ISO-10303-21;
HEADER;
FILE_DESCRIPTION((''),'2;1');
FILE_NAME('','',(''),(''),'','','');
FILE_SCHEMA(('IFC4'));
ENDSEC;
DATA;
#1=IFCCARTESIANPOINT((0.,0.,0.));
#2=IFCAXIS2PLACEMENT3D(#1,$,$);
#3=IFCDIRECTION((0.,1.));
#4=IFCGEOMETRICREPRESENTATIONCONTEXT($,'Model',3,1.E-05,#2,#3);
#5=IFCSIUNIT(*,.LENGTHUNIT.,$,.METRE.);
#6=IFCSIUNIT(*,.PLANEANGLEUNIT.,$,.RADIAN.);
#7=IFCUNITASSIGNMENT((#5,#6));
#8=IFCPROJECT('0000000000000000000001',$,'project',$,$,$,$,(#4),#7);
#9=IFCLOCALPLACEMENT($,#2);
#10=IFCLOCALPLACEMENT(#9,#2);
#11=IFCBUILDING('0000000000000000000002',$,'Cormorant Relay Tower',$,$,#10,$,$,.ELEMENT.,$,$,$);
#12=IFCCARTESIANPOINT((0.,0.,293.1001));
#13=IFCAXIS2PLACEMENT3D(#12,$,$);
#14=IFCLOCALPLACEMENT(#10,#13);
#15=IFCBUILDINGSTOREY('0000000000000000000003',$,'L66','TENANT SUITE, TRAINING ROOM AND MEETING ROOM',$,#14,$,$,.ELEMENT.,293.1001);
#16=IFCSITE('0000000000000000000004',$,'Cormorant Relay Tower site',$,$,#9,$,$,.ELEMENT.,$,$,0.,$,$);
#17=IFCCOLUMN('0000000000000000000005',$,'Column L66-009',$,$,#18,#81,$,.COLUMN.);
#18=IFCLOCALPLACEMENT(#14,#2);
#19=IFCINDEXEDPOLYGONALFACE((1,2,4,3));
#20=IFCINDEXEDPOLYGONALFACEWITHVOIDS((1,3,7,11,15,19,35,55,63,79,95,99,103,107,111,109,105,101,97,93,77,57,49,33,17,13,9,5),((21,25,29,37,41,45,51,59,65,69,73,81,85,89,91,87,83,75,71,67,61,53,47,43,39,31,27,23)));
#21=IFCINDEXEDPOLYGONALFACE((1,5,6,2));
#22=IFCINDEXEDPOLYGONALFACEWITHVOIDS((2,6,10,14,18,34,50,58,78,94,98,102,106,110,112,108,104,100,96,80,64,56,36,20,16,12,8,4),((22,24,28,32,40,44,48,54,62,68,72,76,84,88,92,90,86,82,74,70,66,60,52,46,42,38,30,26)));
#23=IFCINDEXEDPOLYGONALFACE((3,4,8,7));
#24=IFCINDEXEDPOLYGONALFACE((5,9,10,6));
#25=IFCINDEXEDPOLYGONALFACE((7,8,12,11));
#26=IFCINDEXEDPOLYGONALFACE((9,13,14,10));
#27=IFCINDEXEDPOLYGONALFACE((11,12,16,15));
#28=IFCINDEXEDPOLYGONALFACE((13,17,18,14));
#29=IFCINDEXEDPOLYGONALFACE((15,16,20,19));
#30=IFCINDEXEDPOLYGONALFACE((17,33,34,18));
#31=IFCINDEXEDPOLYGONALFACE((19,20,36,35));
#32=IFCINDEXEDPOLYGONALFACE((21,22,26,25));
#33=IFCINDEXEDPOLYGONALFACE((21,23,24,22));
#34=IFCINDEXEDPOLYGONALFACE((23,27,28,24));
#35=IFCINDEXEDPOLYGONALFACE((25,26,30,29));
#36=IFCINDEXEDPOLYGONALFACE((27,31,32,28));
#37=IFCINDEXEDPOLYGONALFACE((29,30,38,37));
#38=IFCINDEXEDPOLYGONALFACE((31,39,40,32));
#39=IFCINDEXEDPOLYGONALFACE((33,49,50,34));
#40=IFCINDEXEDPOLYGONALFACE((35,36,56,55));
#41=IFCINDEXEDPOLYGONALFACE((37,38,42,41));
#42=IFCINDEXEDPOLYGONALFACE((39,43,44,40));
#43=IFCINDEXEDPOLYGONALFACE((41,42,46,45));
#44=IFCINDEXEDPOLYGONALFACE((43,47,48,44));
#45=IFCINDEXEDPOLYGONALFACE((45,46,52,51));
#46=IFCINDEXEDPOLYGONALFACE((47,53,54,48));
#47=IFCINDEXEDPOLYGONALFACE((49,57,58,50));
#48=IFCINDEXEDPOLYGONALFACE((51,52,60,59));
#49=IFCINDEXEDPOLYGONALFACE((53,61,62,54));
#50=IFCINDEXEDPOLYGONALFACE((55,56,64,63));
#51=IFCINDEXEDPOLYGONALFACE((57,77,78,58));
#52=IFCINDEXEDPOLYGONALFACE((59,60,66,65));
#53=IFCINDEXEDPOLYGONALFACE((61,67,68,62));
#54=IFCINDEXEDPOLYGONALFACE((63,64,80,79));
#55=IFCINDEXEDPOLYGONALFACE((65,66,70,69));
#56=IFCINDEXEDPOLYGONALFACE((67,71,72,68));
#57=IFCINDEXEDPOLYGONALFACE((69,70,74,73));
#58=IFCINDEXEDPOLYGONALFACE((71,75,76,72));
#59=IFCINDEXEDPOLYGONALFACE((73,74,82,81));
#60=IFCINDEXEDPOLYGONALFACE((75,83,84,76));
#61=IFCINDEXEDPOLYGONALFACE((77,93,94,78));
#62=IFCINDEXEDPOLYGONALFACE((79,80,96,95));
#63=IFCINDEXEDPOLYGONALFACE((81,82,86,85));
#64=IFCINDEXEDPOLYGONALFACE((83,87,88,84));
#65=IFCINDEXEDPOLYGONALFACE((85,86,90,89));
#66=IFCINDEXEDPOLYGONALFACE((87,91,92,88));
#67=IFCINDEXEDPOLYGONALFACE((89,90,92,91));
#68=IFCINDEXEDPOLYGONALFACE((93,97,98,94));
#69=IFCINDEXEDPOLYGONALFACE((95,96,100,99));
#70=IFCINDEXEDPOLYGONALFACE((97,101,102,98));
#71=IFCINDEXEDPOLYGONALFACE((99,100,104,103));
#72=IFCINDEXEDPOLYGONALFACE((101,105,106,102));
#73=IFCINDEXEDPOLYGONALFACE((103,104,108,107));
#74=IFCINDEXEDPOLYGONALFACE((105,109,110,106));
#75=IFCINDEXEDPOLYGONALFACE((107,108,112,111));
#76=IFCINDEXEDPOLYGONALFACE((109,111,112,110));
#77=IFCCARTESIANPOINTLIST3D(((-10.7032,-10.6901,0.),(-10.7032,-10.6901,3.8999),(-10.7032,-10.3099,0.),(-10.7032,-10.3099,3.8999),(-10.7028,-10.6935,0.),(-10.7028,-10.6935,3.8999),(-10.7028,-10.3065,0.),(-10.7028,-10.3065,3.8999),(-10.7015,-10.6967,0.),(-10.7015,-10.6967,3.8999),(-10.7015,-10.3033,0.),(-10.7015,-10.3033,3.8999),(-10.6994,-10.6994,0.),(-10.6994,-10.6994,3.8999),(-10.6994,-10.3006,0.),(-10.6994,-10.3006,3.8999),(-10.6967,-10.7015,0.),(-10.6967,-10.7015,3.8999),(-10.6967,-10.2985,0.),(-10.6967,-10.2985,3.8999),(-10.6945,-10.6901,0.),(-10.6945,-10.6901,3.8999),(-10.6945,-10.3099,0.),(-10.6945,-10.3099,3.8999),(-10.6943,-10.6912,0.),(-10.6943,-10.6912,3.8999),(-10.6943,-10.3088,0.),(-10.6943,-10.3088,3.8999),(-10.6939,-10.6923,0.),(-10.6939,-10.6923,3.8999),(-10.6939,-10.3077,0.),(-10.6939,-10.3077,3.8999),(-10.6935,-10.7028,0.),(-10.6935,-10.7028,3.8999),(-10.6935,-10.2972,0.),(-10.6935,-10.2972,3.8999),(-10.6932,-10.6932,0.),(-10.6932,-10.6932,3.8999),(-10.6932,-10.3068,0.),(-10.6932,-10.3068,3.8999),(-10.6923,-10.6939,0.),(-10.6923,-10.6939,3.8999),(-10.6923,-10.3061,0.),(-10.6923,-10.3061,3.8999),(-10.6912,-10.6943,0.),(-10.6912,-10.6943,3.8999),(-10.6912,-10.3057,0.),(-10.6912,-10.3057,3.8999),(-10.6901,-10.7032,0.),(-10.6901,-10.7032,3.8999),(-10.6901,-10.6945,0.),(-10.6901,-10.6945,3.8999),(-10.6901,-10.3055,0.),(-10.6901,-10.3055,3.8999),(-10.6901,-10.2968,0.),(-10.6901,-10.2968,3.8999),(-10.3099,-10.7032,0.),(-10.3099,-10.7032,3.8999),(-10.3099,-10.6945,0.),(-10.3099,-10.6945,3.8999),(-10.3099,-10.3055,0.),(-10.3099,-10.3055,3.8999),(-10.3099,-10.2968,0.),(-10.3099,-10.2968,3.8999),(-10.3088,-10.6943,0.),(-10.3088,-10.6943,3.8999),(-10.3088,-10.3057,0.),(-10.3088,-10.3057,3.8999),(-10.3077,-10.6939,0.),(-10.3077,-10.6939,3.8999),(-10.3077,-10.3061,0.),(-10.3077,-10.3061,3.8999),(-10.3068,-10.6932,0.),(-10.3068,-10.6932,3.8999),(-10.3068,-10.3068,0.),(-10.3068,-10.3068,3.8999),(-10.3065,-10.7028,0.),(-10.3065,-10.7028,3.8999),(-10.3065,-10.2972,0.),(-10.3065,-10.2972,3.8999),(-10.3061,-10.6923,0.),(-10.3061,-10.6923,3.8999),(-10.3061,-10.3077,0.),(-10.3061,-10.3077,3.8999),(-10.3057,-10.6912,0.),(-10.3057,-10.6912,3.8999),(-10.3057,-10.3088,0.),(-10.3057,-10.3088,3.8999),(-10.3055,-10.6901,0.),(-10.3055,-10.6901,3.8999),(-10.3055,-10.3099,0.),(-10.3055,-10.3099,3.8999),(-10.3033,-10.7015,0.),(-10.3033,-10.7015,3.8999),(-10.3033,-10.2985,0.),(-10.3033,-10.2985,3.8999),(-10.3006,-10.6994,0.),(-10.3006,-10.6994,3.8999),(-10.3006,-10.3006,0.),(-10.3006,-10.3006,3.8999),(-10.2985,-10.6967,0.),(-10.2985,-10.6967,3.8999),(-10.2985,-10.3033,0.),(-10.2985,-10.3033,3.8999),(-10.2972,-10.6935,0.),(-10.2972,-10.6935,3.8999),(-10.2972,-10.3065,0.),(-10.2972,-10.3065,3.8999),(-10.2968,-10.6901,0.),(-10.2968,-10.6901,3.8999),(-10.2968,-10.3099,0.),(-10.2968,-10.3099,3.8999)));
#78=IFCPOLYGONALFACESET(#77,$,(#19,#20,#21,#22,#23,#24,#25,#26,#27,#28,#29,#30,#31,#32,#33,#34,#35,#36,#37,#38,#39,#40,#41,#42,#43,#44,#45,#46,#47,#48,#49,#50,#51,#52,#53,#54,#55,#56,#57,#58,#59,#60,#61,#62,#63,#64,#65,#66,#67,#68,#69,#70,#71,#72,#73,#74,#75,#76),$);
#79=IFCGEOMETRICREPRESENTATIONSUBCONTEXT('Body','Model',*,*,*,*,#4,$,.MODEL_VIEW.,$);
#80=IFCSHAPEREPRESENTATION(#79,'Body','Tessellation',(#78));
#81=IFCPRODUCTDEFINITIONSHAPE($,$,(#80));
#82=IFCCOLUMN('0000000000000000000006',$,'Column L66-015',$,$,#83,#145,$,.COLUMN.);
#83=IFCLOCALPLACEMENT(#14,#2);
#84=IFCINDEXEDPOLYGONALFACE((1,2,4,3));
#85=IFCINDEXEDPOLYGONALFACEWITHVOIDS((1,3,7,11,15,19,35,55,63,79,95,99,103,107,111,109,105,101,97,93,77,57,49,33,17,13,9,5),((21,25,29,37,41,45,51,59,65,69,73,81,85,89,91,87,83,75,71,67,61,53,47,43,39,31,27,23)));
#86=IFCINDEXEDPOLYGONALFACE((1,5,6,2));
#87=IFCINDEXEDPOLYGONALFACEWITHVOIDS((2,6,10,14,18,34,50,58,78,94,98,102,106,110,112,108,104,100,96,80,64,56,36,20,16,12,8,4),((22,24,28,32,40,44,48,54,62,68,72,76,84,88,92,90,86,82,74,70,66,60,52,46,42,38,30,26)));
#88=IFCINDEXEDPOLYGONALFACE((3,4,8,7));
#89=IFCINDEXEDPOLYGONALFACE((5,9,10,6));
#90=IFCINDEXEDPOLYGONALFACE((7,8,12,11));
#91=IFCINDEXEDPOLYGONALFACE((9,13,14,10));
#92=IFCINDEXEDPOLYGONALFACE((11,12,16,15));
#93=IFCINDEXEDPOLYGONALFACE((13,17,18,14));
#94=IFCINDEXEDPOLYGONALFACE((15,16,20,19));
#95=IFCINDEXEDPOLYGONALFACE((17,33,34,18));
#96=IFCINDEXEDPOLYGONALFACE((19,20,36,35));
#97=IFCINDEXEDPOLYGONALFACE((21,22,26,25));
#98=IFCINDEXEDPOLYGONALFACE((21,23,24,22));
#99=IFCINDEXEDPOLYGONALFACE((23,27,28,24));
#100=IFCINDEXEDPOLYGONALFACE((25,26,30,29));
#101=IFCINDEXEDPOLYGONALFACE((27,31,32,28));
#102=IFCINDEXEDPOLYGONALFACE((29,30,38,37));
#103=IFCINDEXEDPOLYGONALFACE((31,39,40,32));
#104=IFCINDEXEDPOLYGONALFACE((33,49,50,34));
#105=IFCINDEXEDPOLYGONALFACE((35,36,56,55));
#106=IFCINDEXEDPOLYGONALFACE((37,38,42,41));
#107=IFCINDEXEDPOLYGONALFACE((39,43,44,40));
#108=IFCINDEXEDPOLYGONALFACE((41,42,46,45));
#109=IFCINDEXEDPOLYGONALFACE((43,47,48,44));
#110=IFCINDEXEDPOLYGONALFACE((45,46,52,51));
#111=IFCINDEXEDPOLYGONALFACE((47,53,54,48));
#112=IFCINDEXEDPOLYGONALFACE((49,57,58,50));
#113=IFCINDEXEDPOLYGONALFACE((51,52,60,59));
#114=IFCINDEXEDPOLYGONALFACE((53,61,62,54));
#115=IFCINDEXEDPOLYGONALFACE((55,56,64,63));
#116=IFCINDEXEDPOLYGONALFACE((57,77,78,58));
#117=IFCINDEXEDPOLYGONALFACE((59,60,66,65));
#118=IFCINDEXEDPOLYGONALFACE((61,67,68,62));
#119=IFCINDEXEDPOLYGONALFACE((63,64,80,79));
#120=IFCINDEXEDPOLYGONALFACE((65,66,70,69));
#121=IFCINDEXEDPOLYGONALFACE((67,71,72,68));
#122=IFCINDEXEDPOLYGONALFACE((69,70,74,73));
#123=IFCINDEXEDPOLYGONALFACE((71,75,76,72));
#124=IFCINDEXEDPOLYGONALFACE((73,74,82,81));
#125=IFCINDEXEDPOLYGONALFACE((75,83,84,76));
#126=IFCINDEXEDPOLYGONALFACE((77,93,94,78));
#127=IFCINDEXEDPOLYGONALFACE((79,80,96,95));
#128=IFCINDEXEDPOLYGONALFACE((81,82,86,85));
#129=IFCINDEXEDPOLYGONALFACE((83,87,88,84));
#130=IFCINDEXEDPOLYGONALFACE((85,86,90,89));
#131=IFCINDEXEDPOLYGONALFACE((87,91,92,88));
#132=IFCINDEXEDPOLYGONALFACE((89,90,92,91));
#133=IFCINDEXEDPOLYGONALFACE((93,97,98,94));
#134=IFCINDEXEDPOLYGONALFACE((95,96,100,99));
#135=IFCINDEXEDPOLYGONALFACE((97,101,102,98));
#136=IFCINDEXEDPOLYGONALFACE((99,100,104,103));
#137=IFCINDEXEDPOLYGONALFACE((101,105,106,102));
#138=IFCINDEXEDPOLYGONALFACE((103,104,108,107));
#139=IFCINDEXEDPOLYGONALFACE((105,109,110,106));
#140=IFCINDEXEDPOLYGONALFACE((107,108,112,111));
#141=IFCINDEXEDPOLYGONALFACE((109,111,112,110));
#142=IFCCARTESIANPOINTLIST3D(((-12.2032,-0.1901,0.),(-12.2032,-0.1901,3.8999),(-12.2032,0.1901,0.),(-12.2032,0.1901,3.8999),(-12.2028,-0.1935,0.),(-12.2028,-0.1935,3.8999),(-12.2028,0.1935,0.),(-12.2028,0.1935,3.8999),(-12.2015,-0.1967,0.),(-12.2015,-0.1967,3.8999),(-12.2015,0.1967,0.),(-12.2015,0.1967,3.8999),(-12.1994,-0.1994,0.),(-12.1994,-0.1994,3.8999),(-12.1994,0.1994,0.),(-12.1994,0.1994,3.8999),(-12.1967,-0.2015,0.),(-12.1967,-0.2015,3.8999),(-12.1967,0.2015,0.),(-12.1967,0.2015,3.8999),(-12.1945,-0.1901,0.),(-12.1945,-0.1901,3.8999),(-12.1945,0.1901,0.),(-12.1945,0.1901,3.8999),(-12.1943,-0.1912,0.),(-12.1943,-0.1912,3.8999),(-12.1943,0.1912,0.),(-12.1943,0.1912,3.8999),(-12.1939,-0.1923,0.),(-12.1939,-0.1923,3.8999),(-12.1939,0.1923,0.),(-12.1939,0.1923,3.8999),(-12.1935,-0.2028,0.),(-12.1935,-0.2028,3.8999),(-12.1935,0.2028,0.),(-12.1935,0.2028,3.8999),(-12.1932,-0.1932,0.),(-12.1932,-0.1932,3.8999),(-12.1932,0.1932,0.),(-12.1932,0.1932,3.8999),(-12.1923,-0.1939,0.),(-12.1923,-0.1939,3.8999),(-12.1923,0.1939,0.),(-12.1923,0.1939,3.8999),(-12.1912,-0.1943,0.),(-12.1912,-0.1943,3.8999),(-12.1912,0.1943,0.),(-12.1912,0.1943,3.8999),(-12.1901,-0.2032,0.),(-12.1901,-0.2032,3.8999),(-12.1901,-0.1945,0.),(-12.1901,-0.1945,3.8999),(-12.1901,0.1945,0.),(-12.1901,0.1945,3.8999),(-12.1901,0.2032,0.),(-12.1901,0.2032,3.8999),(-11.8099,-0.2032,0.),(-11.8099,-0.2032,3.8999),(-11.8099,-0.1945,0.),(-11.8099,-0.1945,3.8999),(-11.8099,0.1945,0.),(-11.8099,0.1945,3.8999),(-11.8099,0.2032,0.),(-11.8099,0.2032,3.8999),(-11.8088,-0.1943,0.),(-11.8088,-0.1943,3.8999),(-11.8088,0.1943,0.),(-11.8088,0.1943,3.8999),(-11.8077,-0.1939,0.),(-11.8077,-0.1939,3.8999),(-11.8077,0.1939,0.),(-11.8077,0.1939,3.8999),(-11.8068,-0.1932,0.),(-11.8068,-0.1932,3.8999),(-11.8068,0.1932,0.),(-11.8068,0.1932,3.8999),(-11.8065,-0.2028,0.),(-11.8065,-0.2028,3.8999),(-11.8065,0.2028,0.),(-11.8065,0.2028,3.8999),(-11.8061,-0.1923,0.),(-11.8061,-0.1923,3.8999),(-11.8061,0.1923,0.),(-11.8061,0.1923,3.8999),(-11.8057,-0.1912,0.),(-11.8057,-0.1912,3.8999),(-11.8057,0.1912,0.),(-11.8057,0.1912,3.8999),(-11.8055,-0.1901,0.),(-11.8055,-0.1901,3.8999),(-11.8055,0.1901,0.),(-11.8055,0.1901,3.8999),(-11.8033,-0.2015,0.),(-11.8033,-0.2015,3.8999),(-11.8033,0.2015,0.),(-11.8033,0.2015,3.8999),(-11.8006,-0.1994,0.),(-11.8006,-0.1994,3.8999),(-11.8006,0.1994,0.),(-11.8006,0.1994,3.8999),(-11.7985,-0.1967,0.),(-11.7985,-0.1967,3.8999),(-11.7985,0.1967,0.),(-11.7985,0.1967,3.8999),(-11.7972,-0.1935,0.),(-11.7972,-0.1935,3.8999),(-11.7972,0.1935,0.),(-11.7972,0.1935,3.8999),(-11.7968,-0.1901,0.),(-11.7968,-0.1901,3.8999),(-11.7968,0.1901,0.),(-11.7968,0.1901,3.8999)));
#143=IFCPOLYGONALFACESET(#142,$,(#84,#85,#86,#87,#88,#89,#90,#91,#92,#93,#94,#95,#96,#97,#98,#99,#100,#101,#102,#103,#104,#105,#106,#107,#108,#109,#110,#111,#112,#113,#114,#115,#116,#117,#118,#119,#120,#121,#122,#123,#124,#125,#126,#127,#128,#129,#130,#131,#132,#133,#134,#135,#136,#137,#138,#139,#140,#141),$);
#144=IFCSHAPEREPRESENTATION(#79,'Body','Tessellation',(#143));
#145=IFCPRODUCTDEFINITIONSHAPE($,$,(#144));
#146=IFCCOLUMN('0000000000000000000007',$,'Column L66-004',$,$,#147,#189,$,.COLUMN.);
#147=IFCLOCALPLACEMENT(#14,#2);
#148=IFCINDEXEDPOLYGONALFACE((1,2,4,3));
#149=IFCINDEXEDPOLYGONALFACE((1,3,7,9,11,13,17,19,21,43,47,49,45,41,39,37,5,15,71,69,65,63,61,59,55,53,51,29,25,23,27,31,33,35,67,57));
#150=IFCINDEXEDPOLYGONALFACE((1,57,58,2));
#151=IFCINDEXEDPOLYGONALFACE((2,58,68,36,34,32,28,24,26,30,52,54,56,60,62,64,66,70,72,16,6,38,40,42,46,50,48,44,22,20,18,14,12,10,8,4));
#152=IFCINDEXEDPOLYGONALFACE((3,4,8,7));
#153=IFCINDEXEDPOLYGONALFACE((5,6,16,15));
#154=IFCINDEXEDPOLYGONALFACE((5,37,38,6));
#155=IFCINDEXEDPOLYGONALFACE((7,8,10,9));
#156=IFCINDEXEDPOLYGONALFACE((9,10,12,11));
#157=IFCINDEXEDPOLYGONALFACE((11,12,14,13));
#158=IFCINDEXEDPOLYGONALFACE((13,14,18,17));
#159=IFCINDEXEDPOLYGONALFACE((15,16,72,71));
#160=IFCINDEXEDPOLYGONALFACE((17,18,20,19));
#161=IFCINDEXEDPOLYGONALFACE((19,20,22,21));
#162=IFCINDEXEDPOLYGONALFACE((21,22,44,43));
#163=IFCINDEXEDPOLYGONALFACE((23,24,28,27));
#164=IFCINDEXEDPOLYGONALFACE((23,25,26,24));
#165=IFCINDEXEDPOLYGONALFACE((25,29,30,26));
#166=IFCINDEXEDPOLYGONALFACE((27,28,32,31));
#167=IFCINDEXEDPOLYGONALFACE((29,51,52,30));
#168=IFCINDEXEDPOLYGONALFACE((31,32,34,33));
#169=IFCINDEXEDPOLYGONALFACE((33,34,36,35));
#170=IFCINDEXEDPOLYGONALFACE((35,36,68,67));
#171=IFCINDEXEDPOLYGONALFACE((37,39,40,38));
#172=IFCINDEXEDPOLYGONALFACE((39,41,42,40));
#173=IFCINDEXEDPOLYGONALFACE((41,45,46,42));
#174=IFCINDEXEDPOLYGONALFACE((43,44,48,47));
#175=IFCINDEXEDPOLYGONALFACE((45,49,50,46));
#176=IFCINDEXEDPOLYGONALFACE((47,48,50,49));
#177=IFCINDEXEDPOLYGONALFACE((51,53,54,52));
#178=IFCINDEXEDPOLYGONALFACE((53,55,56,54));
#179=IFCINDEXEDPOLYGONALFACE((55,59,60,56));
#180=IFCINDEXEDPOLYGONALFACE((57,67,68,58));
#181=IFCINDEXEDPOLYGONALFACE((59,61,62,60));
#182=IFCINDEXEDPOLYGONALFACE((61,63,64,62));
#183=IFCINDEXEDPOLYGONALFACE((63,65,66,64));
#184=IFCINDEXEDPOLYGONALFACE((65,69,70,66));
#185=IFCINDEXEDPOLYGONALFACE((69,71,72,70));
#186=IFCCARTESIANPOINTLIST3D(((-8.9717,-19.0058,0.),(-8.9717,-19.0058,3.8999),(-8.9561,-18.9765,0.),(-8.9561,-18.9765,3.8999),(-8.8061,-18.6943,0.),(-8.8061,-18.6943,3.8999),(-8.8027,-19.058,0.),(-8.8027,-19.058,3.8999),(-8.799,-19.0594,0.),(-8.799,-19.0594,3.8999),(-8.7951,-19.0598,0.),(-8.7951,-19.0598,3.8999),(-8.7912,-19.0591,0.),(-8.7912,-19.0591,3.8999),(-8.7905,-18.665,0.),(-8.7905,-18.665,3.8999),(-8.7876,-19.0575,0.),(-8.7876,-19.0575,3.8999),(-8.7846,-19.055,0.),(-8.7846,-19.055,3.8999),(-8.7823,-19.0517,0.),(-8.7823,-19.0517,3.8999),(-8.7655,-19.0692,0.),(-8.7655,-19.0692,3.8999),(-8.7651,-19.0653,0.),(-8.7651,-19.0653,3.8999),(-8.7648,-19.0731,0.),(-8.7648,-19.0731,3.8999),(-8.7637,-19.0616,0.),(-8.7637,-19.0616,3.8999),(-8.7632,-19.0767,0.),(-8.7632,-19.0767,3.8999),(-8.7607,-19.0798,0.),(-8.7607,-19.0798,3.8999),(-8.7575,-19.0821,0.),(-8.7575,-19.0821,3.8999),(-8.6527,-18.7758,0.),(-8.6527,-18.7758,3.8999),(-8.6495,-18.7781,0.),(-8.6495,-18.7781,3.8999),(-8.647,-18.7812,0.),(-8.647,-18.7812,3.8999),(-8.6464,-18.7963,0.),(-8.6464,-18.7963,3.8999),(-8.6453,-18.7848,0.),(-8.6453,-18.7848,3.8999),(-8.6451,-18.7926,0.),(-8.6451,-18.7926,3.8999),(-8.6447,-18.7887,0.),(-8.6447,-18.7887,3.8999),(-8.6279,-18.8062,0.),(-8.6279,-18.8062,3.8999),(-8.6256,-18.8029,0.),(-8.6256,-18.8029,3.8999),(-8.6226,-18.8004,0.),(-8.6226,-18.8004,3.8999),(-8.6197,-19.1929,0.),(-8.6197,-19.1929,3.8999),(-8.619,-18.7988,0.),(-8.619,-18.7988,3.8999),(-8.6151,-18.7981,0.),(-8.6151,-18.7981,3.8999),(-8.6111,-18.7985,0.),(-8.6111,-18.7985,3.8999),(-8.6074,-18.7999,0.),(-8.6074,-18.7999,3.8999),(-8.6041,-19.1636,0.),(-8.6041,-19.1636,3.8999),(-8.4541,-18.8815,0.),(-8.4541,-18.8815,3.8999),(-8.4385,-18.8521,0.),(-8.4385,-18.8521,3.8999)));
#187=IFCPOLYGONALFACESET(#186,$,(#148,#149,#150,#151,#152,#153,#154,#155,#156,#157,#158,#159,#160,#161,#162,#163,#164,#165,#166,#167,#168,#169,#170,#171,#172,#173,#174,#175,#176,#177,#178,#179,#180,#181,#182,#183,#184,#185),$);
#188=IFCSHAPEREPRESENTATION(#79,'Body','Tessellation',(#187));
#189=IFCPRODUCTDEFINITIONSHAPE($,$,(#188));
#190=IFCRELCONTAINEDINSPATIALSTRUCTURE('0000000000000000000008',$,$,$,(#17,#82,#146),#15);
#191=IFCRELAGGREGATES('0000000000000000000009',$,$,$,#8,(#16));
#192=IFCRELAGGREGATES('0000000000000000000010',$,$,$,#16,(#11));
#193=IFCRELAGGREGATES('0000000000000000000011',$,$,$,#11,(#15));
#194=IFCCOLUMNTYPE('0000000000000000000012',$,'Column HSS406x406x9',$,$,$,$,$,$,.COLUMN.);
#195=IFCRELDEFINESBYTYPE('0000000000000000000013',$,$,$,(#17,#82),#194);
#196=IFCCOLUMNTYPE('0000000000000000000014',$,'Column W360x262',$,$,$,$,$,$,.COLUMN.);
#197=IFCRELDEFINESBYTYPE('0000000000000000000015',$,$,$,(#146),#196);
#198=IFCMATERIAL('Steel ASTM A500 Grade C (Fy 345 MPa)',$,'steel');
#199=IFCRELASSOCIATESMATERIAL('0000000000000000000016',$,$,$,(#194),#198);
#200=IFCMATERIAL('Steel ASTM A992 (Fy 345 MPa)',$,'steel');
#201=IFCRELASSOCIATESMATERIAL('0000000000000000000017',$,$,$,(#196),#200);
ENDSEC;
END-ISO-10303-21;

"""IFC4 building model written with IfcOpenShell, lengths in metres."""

from ifc_helpers import new_model, si_unit, direction, frame, origin, origin_2d, place, context, subcontext, project, spatial, hollow_rectangle, i_section, extrude, material, material_profile, profile_set, type_object, element, save


model = new_model("IFC4")

# Units and contexts
model_context = context("Model", 3, precision=1e-05, world=origin(), true_north=direction((0.0, 1.0)))
body_context = subcontext(model_context, "Body", "Model", "MODEL_VIEW")
ifc_project = project(units=[si_unit("LENGTHUNIT", "METRE"), si_unit("PLANEANGLEUNIT", "RADIAN")], contexts=[model_context])

# Site, building, storey
site_placement = place(None, origin())
site = spatial("IfcSite", under=ifc_project, at=site_placement, Name="Cormorant Relay Tower site", CompositionType="ELEMENT", RefElevation=0.0)
building_placement = place(site_placement, origin())
building = spatial("IfcBuilding", under=site, at=building_placement, Name="Cormorant Relay Tower", CompositionType="ELEMENT")
storey_placement = place(building_placement, frame((0.0, 0.0, 293.1001)))
storey = spatial("IfcBuildingStorey", under=building, at=storey_placement, Name="L66", Description="TENANT SUITE, TRAINING ROOM AND MEETING ROOM", CompositionType="ELEMENT", Elevation=293.1001)

# Columns
ifc_material_1 = material(Name="Steel ASTM A500 Grade C (Fy 345 MPa)", Category="steel")
ifc_material_profile_1 = material_profile(ifc_material_1, hollow_rectangle(XDim=0.4065, YDim=0.4065, WallThickness=0.0088, InnerFilletRadius=0.0044, OuterFilletRadius=0.0132, at=origin_2d()), Name="HSS406x406x9")
ifc_profile_set_1 = profile_set([ifc_material_profile_1], Name="Steel ASTM A500 Grade C (Fy 345 MPa)")
column_type_1 = type_object("IfcColumnType", Name="Column HSS406x406x9", PredefinedType="COLUMN", material=ifc_profile_set_1)
for number, where, z_axis, x_axis, name in (
    (1, (-10.5, -10.5, 0.0), (0.0, 0.0, 1.0), (1.0, 0.0, 0.0), "Column L66-009"),
    (2, (-12.0, 0.0, 0.0), (0.0, 0.0, 1.0), (1.0, 0.0, 0.0), "Column L66-015"),
):
    element("IfcColumn", number, at=place(storey_placement, frame(where, z_axis=z_axis, x_axis=x_axis)), inside=storey, type_object=column_type_1, Name=name, PredefinedType="COLUMN", context=body_context, shape_type="SweptSolid", body=[
        extrude(hollow_rectangle(XDim=0.4065, YDim=0.4065, WallThickness=0.0088, InnerFilletRadius=0.0044, OuterFilletRadius=0.0132, at=origin_2d()), origin(), (0.0, 0.0, 1.0), 3.8999),
    ])
ifc_material_2 = material(Name="Steel ASTM A992 (Fy 345 MPa)", Category="steel")
ifc_material_profile_2 = material_profile(ifc_material_2, i_section(OverallWidth=0.3987, OverallDepth=0.386, WebThickness=0.021, FlangeThickness=0.0332, FilletRadius=0.0151, at=origin_2d()), Name="W360x262")
ifc_profile_set_2 = profile_set([ifc_material_profile_2], Name="Steel ASTM A992 (Fy 345 MPa)")
column_type_2 = type_object("IfcColumnType", Name="Column W360x262", PredefinedType="COLUMN", material=ifc_profile_set_2)
for number, where, z_axis, x_axis, name in (
    (3, (-8.7051, -18.929, 0.0), (0.0, 0.0, 1.0), (0.882948, -0.469472, 0.0), "Column L66-004"),
):
    element("IfcColumn", number, at=place(storey_placement, frame(where, z_axis=z_axis, x_axis=x_axis)), inside=storey, type_object=column_type_2, Name=name, PredefinedType="COLUMN", context=body_context, shape_type="SweptSolid", body=[
        extrude(i_section(OverallWidth=0.3987, OverallDepth=0.386, WebThickness=0.021, FlangeThickness=0.0332, FilletRadius=0.0151, at=origin_2d()), origin(), (0.0, 0.0, 1.0), 3.8999),
    ])

save(model, "model.ifc")
